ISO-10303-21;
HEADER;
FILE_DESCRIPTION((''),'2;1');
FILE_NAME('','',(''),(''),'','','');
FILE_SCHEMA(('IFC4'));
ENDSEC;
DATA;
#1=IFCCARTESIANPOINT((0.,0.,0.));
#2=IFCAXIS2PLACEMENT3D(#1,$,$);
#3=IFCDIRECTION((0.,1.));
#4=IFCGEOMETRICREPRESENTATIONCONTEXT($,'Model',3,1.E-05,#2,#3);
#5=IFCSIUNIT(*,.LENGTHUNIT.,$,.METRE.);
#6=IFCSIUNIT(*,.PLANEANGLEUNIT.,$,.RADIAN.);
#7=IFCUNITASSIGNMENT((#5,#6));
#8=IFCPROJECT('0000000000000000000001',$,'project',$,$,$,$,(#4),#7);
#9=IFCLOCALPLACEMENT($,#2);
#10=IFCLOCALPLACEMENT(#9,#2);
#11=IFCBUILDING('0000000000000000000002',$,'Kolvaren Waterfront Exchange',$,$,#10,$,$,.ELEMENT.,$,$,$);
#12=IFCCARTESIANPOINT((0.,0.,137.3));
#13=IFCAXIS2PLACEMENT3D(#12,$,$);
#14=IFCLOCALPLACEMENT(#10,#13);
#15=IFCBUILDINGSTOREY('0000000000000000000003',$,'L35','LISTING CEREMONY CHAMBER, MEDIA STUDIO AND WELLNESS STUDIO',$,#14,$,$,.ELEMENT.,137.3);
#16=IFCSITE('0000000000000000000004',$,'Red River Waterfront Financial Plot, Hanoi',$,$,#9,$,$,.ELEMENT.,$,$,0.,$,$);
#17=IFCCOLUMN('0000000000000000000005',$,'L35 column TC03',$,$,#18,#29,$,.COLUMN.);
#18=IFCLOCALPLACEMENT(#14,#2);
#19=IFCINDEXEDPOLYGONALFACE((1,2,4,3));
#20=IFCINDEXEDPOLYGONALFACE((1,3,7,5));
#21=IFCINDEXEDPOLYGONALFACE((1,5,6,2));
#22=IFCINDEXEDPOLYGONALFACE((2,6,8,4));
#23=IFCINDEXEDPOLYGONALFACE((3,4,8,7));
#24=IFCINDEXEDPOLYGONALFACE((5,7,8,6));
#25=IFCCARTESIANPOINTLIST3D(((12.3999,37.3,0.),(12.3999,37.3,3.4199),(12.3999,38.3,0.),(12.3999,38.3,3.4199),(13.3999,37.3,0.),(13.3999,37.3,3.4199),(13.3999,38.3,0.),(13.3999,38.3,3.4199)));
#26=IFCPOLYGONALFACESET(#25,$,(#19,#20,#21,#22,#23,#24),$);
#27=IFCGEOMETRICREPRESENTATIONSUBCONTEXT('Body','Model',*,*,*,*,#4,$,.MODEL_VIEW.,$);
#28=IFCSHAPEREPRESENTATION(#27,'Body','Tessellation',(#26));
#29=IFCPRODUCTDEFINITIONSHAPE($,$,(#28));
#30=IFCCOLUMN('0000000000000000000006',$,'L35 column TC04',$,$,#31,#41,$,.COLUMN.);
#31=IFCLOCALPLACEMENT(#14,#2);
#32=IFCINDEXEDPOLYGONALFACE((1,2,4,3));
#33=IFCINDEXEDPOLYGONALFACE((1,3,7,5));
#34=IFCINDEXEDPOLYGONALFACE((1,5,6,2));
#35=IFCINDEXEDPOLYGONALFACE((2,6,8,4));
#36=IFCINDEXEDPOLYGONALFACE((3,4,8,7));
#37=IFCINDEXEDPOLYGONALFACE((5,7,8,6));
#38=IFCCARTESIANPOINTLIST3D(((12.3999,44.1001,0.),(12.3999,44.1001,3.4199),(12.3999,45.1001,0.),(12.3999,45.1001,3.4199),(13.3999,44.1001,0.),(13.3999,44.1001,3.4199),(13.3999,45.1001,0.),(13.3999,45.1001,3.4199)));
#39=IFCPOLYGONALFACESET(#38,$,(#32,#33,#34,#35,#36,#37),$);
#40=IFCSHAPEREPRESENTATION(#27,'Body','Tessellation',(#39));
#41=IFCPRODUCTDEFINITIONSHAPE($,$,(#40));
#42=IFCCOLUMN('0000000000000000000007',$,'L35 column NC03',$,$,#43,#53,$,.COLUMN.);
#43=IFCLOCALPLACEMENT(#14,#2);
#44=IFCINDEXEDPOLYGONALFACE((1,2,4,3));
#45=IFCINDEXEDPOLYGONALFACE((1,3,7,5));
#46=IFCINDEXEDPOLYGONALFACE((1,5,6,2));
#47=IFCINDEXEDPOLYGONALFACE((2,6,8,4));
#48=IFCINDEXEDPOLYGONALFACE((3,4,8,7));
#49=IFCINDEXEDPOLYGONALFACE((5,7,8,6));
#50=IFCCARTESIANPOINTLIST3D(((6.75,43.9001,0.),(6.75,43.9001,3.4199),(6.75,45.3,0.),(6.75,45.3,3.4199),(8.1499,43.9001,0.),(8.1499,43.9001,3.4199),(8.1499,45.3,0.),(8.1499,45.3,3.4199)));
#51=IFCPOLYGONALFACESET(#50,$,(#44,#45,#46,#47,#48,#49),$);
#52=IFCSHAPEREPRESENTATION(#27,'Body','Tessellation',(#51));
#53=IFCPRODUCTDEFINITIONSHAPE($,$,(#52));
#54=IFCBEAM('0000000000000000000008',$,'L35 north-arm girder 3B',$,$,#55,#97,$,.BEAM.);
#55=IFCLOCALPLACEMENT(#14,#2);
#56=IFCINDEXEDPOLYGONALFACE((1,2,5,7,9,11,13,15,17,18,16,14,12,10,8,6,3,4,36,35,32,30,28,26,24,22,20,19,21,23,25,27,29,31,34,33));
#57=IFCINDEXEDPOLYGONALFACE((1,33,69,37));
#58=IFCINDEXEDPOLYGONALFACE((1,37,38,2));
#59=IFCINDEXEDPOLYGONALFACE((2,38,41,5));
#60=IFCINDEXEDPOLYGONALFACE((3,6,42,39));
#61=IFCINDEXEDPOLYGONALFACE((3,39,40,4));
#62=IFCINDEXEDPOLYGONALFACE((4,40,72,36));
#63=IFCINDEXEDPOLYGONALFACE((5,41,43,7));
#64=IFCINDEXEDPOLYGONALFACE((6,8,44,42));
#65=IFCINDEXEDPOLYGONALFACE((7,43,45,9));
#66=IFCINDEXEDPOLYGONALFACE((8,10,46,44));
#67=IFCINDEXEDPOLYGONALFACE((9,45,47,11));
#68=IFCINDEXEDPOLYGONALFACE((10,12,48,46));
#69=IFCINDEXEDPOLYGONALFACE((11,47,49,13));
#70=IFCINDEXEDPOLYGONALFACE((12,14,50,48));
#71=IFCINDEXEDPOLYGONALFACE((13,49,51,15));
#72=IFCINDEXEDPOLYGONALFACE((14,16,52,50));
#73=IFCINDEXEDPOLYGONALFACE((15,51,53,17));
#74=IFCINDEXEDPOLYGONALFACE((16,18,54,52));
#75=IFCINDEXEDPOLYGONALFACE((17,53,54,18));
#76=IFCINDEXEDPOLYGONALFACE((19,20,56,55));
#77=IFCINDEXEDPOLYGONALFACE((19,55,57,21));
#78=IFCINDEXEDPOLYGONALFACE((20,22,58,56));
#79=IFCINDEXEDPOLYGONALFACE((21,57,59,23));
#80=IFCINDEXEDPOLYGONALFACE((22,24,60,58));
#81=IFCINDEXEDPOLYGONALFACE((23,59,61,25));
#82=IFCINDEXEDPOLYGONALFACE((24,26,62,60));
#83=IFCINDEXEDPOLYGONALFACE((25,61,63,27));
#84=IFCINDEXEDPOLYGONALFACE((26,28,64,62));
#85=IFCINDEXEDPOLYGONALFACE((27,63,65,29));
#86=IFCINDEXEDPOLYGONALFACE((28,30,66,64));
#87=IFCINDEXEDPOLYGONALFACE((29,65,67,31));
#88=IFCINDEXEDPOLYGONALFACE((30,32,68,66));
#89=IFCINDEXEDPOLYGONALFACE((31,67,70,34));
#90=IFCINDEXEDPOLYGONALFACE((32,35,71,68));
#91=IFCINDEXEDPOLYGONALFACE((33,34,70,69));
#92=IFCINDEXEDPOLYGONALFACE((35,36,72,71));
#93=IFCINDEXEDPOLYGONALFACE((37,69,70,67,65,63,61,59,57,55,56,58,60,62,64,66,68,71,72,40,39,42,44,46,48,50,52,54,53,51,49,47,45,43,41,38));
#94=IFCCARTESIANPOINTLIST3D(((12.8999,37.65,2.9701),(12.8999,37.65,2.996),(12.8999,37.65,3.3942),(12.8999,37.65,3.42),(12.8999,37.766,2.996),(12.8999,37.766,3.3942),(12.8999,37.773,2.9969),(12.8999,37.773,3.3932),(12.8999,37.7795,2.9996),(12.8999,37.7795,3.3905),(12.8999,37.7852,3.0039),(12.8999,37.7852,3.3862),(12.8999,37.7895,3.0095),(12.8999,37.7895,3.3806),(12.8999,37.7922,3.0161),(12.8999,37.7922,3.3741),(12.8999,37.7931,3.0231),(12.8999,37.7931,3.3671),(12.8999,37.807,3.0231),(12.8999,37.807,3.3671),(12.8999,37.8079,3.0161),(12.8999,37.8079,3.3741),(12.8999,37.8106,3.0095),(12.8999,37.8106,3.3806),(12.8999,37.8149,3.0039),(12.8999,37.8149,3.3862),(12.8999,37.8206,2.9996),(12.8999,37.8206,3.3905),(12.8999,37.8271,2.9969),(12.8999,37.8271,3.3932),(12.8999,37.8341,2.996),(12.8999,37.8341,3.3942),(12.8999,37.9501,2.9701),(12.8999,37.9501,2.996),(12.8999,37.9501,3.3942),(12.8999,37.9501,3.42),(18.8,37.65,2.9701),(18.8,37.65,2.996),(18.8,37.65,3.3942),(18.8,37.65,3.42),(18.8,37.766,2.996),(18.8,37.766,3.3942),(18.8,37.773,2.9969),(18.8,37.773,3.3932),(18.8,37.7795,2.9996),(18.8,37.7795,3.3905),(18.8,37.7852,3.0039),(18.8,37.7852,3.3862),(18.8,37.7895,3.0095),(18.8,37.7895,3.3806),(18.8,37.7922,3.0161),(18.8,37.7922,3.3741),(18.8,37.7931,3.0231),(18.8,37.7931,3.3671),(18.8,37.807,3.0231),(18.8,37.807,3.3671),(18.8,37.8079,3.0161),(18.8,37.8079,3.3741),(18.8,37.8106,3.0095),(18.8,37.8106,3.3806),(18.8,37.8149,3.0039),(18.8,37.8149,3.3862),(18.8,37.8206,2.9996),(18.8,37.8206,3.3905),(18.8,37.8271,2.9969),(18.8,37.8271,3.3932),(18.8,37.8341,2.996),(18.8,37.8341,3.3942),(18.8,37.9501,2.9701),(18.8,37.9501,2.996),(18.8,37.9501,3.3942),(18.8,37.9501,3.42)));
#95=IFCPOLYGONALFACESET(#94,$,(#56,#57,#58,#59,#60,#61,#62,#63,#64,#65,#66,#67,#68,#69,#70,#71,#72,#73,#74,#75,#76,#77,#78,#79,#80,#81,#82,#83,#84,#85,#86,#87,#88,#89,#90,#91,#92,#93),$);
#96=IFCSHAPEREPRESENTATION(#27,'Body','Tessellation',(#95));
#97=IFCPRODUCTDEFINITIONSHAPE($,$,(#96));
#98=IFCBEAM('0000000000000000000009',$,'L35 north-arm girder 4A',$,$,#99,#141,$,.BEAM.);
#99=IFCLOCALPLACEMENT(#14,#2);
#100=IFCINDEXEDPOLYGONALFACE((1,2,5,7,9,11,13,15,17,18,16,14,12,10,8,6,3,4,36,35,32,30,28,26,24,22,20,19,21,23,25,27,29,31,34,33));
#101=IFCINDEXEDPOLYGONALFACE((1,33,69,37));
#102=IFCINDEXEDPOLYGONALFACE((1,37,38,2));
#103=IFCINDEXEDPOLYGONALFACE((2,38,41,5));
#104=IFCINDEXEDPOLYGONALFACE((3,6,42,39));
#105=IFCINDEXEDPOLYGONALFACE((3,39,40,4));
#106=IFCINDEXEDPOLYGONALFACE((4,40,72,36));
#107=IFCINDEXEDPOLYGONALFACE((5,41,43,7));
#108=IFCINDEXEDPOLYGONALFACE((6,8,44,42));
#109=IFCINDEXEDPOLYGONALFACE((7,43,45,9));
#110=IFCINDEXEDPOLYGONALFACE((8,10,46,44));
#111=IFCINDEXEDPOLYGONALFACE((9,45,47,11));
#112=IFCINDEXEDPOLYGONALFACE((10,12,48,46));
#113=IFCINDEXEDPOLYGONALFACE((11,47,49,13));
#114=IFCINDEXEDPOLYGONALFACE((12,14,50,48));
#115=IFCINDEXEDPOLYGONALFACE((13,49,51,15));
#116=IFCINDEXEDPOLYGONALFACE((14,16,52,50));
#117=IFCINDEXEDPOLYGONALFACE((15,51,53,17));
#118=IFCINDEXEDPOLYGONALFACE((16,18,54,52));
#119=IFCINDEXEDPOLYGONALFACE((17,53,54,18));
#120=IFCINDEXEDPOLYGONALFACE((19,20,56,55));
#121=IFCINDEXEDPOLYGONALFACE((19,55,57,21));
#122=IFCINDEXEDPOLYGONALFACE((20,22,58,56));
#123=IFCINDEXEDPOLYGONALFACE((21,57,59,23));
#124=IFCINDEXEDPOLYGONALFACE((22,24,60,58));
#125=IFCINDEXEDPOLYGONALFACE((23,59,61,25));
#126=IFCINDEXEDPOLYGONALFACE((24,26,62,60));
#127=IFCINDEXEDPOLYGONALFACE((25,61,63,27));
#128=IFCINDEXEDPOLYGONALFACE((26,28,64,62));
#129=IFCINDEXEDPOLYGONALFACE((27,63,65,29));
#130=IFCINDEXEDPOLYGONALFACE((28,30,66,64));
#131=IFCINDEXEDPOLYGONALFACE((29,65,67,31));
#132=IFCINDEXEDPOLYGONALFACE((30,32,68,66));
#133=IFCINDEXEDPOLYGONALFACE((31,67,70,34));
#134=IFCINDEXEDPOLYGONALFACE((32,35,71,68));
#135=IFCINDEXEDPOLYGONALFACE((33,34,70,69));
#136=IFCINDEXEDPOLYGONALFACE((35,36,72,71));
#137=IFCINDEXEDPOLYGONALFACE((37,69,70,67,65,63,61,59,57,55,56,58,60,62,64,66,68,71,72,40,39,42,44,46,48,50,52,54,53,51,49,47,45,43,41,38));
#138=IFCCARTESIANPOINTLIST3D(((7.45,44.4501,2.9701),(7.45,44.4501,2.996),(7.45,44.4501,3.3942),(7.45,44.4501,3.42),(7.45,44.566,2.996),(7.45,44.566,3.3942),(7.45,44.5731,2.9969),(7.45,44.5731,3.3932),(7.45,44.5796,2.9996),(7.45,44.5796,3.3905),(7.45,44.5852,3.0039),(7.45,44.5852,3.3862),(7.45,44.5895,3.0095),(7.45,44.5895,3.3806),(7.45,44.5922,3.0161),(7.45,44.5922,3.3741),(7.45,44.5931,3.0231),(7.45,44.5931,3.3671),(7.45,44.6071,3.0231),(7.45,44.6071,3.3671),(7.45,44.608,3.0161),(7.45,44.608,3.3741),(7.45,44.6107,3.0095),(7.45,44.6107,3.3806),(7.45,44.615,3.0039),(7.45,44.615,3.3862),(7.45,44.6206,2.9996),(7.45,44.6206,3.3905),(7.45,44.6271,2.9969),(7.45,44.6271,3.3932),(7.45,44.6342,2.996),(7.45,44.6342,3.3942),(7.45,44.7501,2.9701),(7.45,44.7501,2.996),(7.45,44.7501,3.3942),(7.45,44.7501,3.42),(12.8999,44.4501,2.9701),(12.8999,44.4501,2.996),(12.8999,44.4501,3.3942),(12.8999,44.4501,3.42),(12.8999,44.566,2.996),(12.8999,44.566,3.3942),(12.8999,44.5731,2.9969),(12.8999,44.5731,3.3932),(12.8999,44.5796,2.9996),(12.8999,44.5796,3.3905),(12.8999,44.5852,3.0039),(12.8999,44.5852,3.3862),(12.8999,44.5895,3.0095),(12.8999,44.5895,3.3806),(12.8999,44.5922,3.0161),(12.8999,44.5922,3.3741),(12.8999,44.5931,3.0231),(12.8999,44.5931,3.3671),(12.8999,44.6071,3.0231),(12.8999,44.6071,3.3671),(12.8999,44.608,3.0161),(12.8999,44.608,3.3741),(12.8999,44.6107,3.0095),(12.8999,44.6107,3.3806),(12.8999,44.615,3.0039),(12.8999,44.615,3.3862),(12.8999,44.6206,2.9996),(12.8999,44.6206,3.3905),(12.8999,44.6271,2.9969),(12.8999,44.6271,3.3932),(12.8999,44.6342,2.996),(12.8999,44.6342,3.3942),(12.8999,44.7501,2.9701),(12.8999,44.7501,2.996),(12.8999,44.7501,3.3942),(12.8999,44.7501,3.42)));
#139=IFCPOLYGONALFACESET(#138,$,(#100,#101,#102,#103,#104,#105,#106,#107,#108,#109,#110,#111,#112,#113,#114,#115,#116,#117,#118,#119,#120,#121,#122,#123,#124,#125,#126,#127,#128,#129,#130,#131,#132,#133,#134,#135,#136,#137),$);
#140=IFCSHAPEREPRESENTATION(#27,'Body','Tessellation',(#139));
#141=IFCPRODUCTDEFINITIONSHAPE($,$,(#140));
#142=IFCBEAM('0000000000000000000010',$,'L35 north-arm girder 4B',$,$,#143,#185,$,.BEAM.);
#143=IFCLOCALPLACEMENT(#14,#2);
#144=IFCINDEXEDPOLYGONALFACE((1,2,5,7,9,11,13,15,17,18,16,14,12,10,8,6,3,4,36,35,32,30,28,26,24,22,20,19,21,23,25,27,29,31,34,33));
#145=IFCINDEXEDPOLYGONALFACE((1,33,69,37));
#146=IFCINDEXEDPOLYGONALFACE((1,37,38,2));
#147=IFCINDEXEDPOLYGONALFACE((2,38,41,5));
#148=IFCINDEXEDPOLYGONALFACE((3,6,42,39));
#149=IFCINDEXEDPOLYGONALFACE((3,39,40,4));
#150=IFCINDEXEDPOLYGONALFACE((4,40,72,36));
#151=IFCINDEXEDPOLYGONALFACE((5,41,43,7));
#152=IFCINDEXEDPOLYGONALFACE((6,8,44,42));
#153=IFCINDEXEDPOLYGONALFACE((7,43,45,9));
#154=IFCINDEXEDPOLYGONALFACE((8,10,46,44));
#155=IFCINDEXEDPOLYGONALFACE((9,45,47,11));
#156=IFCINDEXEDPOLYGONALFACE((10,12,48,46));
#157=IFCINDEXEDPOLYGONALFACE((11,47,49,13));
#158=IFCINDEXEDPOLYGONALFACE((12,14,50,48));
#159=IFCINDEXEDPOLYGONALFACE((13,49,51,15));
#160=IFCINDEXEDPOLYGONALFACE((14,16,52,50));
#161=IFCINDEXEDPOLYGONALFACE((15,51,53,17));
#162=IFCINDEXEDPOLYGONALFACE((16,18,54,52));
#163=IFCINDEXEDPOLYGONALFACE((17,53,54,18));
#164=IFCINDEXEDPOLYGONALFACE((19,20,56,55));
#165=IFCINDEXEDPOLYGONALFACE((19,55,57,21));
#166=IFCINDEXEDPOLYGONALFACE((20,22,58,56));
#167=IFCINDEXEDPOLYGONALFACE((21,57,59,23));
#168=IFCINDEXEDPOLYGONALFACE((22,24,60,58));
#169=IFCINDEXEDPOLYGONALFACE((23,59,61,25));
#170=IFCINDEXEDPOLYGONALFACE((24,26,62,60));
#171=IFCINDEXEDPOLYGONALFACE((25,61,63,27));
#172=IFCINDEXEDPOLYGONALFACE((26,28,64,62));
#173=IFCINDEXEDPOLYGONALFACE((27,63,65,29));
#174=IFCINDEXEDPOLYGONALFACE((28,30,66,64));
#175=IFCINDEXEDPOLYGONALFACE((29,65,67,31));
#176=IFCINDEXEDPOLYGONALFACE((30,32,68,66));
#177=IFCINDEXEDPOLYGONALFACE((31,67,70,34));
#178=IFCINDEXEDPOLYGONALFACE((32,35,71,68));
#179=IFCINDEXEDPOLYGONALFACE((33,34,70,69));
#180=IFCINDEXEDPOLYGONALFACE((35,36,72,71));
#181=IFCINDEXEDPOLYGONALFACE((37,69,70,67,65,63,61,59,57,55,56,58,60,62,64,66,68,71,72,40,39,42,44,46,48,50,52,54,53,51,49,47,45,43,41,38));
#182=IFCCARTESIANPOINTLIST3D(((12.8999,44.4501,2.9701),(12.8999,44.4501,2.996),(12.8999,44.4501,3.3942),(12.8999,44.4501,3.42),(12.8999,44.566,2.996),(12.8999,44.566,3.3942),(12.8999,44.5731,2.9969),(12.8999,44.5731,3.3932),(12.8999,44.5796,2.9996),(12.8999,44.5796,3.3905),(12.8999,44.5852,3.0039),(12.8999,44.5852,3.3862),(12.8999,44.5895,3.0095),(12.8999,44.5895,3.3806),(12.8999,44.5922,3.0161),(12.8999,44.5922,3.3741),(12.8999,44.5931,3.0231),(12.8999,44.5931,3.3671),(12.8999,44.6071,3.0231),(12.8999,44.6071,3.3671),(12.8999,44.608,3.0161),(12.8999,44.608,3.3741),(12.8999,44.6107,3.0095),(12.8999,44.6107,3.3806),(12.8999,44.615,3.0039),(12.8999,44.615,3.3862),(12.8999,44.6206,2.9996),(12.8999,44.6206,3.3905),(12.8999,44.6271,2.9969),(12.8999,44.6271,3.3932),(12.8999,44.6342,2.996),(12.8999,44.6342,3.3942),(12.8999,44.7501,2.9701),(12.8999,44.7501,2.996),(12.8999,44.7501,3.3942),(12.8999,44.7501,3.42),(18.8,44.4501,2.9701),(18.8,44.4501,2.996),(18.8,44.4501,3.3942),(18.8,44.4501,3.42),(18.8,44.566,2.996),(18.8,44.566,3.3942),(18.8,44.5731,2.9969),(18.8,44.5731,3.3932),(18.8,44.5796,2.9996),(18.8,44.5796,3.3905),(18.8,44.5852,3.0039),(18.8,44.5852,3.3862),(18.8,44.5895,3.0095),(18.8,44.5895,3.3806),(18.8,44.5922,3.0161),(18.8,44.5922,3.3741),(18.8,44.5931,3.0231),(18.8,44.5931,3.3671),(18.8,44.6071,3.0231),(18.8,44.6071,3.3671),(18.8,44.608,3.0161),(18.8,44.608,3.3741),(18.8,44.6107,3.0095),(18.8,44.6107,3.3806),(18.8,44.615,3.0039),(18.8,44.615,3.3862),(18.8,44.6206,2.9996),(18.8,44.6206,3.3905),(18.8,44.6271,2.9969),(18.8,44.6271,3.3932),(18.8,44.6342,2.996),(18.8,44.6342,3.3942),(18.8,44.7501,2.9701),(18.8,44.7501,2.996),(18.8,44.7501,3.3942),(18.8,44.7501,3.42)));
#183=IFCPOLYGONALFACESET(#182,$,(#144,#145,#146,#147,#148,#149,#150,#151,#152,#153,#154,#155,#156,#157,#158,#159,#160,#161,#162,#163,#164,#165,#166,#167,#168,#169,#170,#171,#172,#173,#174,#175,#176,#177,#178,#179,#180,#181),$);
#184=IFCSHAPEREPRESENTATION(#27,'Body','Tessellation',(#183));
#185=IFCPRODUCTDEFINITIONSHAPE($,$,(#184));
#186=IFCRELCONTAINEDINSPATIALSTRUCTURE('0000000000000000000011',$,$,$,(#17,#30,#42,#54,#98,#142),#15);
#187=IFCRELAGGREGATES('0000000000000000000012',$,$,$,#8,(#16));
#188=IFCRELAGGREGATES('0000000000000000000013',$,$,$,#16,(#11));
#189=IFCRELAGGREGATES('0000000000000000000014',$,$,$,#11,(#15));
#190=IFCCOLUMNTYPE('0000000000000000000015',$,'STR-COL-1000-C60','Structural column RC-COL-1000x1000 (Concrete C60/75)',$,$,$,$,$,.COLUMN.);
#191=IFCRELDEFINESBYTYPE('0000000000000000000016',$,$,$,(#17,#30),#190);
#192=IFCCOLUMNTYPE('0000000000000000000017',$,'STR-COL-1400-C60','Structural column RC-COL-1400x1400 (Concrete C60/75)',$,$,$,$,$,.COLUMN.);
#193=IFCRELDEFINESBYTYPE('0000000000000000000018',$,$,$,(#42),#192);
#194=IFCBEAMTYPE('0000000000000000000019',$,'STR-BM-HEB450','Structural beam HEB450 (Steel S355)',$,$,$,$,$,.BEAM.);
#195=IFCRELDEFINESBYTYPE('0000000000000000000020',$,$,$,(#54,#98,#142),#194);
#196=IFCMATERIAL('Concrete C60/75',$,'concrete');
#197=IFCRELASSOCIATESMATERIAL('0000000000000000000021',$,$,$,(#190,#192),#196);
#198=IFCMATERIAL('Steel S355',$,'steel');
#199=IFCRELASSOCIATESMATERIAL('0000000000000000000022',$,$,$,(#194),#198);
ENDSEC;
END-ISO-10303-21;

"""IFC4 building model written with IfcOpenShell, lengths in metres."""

from ifc_helpers import new_model, si_unit, direction, frame, origin, origin_2d, place, context, subcontext, project, spatial, rectangle, i_section, extrude, material, material_profile, profile_set, type_object, element, save


model = new_model("IFC4")

# Units and contexts
model_context = context("Model", 3, precision=1e-05, world=origin(), true_north=direction((0.0, 1.0)))
body_context = subcontext(model_context, "Body", "Model", "MODEL_VIEW")
ifc_project = project(units=[si_unit("LENGTHUNIT", "METRE"), si_unit("PLANEANGLEUNIT", "RADIAN")], contexts=[model_context])

# Site, building, storey
site_placement = place(None, origin())
site = spatial("IfcSite", under=ifc_project, at=site_placement, Name="Red River Waterfront Financial Plot, Hanoi", CompositionType="ELEMENT", RefElevation=0.0)
building_placement = place(site_placement, origin())
building = spatial("IfcBuilding", under=site, at=building_placement, Name="Kolvaren Waterfront Exchange", CompositionType="ELEMENT")
storey_placement = place(building_placement, frame((0.0, 0.0, 137.3)))
storey = spatial("IfcBuildingStorey", under=building, at=storey_placement, Name="L35", Description="LISTING CEREMONY CHAMBER, MEDIA STUDIO AND WELLNESS STUDIO", CompositionType="ELEMENT", Elevation=137.3)

# Columns
ifc_material_1 = material(Name="Concrete C60/75", Category="concrete")
ifc_material_profile_1 = material_profile(ifc_material_1, rectangle(XDim=1.0, YDim=1.0, at=origin_2d()), Name="RC-COL-1000x1000")
ifc_profile_set_1 = profile_set([ifc_material_profile_1], Name="Concrete C60/75")
column_type_1 = type_object("IfcColumnType", Name="STR-COL-1000-C60", Description="Structural column RC-COL-1000x1000 (Concrete C60/75)", PredefinedType="COLUMN", material=ifc_profile_set_1)
for number, where, z_axis, x_axis, name in (
    (1, (12.8999, 37.8, 0.0), (0.0, 0.0, 1.0), (1.0, 0.0, 0.0), "L35 column TC03"),
    (2, (12.8999, 44.6001, 0.0), (0.0, 0.0, 1.0), (1.0, 0.0, 0.0), "L35 column TC04"),
):
    element("IfcColumn", number, at=place(storey_placement, frame(where, z_axis=z_axis, x_axis=x_axis)), inside=storey, type_object=column_type_1, Name=name, PredefinedType="COLUMN", context=body_context, shape_type="SweptSolid", body=[
        extrude(rectangle(XDim=1.0, YDim=1.0, at=origin_2d()), origin(), (0.0, 0.0, 1.0), 3.4199),
    ])
ifc_material_profile_2 = material_profile(ifc_material_1, rectangle(XDim=1.3999, YDim=1.3999, at=origin_2d()), Name="RC-COL-1400x1400")
ifc_profile_set_2 = profile_set([ifc_material_profile_2], Name="Concrete C60/75")
column_type_2 = type_object("IfcColumnType", Name="STR-COL-1400-C60", Description="Structural column RC-COL-1400x1400 (Concrete C60/75)", PredefinedType="COLUMN", material=ifc_profile_set_2)
column_placement = place(storey_placement, frame((7.45, 44.6001, 0.0), z_axis=(0.0, 0.0, 1.0), x_axis=(1.0, 0.0, 0.0)))
element("IfcColumn", 3, at=column_placement, inside=storey, type_object=column_type_2, Name="L35 column NC03", PredefinedType="COLUMN", context=body_context, shape_type="SweptSolid", body=[
    extrude(rectangle(XDim=1.3999, YDim=1.3999, at=origin_2d()), origin(), (0.0, 0.0, 1.0), 3.4199),
])

# Beams
ifc_material_2 = material(Name="Steel S355", Category="steel")
ifc_material_profile_3 = material_profile(ifc_material_2, i_section(OverallWidth=0.3, OverallDepth=0.45, WebThickness=0.0139, FlangeThickness=0.0259, FilletRadius=0.0271, at=origin_2d()), Name="HEB450")
ifc_profile_set_3 = profile_set([ifc_material_profile_3], Name="Steel S355")
beam_type_1 = type_object("IfcBeamType", Name="STR-BM-HEB450", Description="Structural beam HEB450 (Steel S355)", PredefinedType="BEAM", material=ifc_profile_set_3)
beam_1_placement = place(storey_placement, frame((12.8999, 37.8, 3.1951), z_axis=(1.0, 0.0, 0.0), x_axis=(0.0, 1.0, 0.0)))
element("IfcBeam", 4, at=beam_1_placement, inside=storey, type_object=beam_type_1, Name="L35 north-arm girder 3B", PredefinedType="BEAM", context=body_context, shape_type="SweptSolid", body=[
    extrude(i_section(OverallWidth=0.3, OverallDepth=0.45, WebThickness=0.0139, FlangeThickness=0.0259, FilletRadius=0.0271, at=origin_2d()), origin(), (0.0, 0.0, 1.0), 5.9001),
])
beam_2_placement = place(storey_placement, frame((7.45, 44.6001, 3.1951), z_axis=(1.0, 0.0, 0.0), x_axis=(0.0, 1.0, 0.0)))
element("IfcBeam", 5, at=beam_2_placement, inside=storey, type_object=beam_type_1, Name="L35 north-arm girder 4A", PredefinedType="BEAM", context=body_context, shape_type="SweptSolid", body=[
    extrude(i_section(OverallWidth=0.3, OverallDepth=0.45, WebThickness=0.0139, FlangeThickness=0.0259, FilletRadius=0.0271, at=origin_2d()), origin(), (0.0, 0.0, 1.0), 5.45),
])
beam_3_placement = place(storey_placement, frame((12.8999, 44.6001, 3.1951), z_axis=(1.0, 0.0, 0.0), x_axis=(0.0, 1.0, 0.0)))
element("IfcBeam", 6, at=beam_3_placement, inside=storey, type_object=beam_type_1, Name="L35 north-arm girder 4B", PredefinedType="BEAM", context=body_context, shape_type="SweptSolid", body=[
    extrude(i_section(OverallWidth=0.3, OverallDepth=0.45, WebThickness=0.0139, FlangeThickness=0.0259, FilletRadius=0.0271, at=origin_2d()), origin(), (0.0, 0.0, 1.0), 5.9001),
])

save(model, "model.ifc")
